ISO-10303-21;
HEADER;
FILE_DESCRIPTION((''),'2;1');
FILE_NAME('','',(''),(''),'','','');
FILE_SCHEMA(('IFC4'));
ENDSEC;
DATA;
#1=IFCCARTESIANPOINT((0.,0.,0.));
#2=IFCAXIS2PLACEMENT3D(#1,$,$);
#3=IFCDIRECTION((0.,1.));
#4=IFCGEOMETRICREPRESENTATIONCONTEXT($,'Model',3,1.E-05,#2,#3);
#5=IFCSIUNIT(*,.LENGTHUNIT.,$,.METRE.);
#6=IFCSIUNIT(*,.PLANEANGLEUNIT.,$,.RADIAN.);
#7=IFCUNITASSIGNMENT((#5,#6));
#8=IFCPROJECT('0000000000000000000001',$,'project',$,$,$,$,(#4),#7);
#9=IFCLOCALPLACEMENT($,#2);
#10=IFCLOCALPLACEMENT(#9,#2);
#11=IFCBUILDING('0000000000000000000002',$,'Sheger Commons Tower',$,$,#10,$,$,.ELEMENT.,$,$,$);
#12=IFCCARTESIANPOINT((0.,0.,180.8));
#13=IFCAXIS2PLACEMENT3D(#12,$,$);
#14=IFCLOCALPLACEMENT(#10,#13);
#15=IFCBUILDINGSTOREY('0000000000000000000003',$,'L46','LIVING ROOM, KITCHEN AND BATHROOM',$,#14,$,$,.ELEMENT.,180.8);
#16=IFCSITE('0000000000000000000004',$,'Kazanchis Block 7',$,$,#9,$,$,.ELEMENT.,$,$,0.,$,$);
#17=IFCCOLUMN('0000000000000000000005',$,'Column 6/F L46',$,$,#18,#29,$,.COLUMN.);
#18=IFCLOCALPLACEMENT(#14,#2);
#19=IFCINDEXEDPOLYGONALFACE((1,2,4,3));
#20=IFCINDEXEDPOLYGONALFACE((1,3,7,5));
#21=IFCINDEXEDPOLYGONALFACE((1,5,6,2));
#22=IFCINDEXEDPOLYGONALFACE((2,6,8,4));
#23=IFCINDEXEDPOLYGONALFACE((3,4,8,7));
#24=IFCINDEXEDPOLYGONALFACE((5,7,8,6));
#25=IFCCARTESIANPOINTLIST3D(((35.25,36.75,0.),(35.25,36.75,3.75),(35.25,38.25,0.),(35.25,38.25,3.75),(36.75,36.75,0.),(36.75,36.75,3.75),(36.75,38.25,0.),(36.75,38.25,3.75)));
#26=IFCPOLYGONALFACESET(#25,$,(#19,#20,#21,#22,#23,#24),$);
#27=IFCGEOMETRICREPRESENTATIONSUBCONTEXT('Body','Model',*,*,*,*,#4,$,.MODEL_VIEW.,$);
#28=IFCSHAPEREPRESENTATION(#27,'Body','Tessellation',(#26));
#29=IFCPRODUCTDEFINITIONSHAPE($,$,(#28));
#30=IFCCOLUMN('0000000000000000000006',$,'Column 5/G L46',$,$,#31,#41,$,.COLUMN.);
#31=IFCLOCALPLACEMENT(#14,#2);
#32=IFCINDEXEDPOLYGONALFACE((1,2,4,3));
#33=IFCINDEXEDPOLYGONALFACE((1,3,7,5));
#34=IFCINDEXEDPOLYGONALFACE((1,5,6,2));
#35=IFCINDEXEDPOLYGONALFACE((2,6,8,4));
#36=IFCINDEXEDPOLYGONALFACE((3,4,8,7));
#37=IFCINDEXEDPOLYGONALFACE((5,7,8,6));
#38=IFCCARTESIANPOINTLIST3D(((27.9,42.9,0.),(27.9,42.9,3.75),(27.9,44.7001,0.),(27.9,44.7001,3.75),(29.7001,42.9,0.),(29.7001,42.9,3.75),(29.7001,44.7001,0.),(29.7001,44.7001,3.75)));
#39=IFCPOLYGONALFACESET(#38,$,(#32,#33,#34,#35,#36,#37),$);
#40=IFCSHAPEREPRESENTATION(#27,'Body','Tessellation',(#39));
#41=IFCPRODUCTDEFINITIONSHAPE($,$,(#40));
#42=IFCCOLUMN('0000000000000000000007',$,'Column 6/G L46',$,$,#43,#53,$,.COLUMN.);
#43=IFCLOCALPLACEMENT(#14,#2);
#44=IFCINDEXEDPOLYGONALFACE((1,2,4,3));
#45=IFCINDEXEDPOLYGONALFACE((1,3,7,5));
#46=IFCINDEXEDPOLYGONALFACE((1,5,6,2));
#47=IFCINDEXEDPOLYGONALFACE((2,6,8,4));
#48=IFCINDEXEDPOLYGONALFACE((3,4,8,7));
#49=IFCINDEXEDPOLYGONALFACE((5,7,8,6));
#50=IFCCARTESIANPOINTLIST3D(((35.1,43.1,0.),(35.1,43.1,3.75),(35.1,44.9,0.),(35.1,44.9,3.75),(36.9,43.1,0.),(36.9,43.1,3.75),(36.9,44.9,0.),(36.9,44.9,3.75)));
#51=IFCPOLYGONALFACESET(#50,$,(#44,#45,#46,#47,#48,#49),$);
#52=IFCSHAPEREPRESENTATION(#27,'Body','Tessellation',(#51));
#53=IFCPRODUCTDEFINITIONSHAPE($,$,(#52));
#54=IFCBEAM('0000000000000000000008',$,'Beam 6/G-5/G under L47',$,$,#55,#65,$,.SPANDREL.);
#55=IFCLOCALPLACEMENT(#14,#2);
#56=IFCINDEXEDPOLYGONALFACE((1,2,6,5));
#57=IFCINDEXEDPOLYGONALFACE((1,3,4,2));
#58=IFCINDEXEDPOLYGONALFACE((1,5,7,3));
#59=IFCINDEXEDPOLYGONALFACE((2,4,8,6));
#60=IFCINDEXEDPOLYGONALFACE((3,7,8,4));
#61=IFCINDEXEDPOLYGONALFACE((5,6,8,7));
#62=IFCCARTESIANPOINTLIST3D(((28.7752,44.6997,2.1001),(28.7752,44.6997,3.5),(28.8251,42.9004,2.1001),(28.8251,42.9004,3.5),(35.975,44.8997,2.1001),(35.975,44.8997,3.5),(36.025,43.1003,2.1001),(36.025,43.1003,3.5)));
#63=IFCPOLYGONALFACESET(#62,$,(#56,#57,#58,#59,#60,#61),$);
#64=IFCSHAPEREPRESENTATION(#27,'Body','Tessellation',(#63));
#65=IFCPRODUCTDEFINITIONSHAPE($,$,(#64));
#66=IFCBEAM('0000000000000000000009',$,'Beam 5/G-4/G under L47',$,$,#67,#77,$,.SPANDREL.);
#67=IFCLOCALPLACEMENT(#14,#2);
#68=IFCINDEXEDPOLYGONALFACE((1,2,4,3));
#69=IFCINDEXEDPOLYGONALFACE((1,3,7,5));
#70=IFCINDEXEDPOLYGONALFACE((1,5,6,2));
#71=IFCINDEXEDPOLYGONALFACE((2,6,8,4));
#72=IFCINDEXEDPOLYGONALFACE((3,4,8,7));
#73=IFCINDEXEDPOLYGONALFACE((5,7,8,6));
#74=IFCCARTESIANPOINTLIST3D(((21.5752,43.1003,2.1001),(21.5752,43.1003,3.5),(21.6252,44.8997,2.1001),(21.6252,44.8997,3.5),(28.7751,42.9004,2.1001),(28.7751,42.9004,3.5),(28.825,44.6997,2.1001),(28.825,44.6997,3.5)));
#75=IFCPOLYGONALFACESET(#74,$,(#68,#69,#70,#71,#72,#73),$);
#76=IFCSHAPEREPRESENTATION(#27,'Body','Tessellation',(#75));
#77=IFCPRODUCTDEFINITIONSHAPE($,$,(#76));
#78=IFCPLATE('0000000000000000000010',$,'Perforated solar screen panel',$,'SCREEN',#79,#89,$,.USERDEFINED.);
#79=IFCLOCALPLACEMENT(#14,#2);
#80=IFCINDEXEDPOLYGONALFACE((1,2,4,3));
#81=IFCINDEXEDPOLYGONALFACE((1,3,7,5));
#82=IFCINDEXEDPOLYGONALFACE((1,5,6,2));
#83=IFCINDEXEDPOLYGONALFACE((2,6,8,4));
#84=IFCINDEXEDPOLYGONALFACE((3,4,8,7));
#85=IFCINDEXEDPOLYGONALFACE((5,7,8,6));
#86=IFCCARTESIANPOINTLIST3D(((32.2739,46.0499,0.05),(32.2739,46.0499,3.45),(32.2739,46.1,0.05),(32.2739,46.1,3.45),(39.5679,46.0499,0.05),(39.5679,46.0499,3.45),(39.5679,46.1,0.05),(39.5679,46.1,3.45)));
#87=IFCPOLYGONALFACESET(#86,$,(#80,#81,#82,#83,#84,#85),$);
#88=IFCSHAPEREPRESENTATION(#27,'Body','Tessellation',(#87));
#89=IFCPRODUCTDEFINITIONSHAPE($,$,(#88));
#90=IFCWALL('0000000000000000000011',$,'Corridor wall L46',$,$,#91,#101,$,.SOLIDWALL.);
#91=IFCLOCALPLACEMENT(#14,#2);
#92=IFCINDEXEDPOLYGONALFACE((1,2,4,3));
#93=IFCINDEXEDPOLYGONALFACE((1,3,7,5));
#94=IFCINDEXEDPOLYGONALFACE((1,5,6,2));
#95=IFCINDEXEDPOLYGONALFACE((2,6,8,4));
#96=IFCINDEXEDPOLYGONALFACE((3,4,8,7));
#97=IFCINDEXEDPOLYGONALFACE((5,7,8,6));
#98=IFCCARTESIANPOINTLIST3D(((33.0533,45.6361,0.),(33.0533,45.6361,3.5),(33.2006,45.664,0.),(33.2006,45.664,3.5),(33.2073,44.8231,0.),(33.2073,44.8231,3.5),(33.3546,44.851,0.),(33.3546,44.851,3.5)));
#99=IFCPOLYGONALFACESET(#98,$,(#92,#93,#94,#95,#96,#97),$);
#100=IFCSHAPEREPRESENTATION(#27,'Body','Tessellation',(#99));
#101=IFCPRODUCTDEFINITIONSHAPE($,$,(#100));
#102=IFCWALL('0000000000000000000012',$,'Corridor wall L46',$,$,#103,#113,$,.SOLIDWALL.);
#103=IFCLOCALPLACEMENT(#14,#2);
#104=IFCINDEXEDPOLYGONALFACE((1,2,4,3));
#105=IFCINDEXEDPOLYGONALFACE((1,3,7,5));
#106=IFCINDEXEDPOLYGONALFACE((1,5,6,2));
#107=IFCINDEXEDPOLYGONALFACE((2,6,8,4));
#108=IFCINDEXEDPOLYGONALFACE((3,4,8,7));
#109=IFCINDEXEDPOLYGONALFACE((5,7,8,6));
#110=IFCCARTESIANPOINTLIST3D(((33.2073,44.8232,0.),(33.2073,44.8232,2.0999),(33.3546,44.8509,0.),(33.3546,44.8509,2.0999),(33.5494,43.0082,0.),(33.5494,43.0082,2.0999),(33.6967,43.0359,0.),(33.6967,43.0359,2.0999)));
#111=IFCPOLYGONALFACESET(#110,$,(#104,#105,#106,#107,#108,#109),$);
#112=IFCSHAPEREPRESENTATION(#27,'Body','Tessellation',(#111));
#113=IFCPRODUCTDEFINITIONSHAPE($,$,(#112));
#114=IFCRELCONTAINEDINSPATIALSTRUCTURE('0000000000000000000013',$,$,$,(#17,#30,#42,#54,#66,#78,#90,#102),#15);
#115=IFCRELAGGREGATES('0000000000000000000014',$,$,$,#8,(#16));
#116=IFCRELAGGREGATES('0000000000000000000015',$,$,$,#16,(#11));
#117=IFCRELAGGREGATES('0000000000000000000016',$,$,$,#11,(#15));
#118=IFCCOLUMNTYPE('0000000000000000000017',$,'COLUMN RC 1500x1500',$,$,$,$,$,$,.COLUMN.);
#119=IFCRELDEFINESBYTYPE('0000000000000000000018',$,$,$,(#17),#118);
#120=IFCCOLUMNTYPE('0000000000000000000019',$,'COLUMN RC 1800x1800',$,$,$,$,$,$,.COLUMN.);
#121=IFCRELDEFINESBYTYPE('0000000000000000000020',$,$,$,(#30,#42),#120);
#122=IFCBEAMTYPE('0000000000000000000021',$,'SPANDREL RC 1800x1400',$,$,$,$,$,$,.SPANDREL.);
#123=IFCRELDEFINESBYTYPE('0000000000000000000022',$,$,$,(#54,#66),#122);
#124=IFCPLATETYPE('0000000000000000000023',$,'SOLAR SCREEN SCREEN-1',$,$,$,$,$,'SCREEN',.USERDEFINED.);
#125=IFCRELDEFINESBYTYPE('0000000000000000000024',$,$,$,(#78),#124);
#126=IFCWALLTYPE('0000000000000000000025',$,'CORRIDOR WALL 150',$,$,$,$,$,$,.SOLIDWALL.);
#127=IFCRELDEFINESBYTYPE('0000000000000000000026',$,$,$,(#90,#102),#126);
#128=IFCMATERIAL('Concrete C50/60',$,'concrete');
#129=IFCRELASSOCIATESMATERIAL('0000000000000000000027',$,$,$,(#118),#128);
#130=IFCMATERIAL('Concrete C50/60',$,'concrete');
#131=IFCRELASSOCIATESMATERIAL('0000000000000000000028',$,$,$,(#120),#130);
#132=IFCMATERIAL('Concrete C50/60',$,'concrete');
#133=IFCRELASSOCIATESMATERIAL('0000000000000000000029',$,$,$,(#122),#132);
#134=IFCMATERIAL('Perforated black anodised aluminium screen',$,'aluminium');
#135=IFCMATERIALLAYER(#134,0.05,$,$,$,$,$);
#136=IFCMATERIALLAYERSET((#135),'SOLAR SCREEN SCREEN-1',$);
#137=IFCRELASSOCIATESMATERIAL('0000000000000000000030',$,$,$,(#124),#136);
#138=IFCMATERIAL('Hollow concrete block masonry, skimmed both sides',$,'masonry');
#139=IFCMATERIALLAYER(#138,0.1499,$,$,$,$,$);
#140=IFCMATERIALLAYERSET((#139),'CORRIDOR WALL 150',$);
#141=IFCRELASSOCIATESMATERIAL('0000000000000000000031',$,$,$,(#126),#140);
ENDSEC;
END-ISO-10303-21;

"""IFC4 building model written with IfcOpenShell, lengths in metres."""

from ifc_helpers import new_model, si_unit, direction, frame, frame_2d, origin, origin_2d, place, context, subcontext, project, spatial, rectangle, extrude, material, layer, layer_set, material_profile, profile_set, type_object, element, save


model = new_model("IFC4")

# Units and contexts
model_context = context("Model", 3, precision=1e-05, world=origin(), true_north=direction((0.0, 1.0)))
body_context = subcontext(model_context, "Body", "Model", "MODEL_VIEW")
ifc_project = project(units=[si_unit("LENGTHUNIT", "METRE"), si_unit("PLANEANGLEUNIT", "RADIAN")], contexts=[model_context])

# Site, building, storey
site_placement = place(None, origin())
site = spatial("IfcSite", under=ifc_project, at=site_placement, Name="Kazanchis Block 7", CompositionType="ELEMENT", RefElevation=0.0)
building_placement = place(site_placement, origin())
building = spatial("IfcBuilding", under=site, at=building_placement, Name="Sheger Commons Tower", CompositionType="ELEMENT")
storey_placement = place(building_placement, frame((0.0, 0.0, 180.8)))
storey = spatial("IfcBuildingStorey", under=building, at=storey_placement, Name="L46", Description="LIVING ROOM, KITCHEN AND BATHROOM", CompositionType="ELEMENT", Elevation=180.8)

# Columns
ifc_material_1 = material(Name="Concrete C50/60", Category="concrete")
ifc_material_profile_1 = material_profile(ifc_material_1, rectangle(XDim=1.5, YDim=1.5, at=origin_2d()), Name="RC 1500x1500")
ifc_profile_set_1 = profile_set([ifc_material_profile_1], Name="Concrete C50/60")
column_type_1 = type_object("IfcColumnType", Name="COLUMN RC 1500x1500", PredefinedType="COLUMN", material=ifc_profile_set_1)
column_placement = place(storey_placement, frame((36.0, 37.5, 0.0), z_axis=(0.0, 0.0, 1.0), x_axis=(1.0, 0.0, 0.0)))
element("IfcColumn", 1, at=column_placement, inside=storey, type_object=column_type_1, Name="Column 6/F L46", PredefinedType="COLUMN", context=body_context, shape_type="SweptSolid", body=[
    extrude(rectangle(XDim=1.5, YDim=1.5, at=origin_2d()), origin(), (0.0, 0.0, 1.0), 3.75),
])
ifc_material_2 = material(Name="Concrete C50/60", Category="concrete")
ifc_material_profile_2 = material_profile(ifc_material_2, rectangle(XDim=1.8, YDim=1.8, at=origin_2d()), Name="RC 1800x1800")
ifc_profile_set_2 = profile_set([ifc_material_profile_2], Name="Concrete C50/60")
column_type_2 = type_object("IfcColumnType", Name="COLUMN RC 1800x1800", PredefinedType="COLUMN", material=ifc_profile_set_2)
for number, where, z_axis, x_axis, name in (
    (2, (28.8, 43.8, 0.0), (0.0, 0.0, 1.0), (1.0, 0.0, 0.0), "Column 5/G L46"),
    (3, (36.0, 44.0, 0.0), (0.0, 0.0, 1.0), (1.0, 0.0, 0.0), "Column 6/G L46"),
):
    element("IfcColumn", number, at=place(storey_placement, frame(where, z_axis=z_axis, x_axis=x_axis)), inside=storey, type_object=column_type_2, Name=name, PredefinedType="COLUMN", context=body_context, shape_type="SweptSolid", body=[
        extrude(rectangle(XDim=1.8, YDim=1.8, at=origin_2d()), origin(), (0.0, 0.0, 1.0), 3.75),
    ])

# Beams
ifc_material_3 = material(Name="Concrete C50/60", Category="concrete")
ifc_material_profile_3 = material_profile(ifc_material_3, rectangle(XDim=1.8, YDim=1.3999, at=origin_2d()), Name="RC 1800x1400")
ifc_profile_set_3 = profile_set([ifc_material_profile_3], Name="Concrete C50/60")
beam_type = type_object("IfcBeamType", Name="SPANDREL RC 1800x1400", PredefinedType="SPANDREL", material=ifc_profile_set_3)
for number, where, z_axis, x_axis, name in (
    (4, (36.0, 44.0, 2.8), (-0.999615, -0.02776, 0.0), (0.02776, -0.999615, 0.0), "Beam 6/G-5/G under L47"),
    (5, (28.8, 43.8, 2.8), (-0.999615, 0.02776, 0.0), (-0.02776, -0.999615, 0.0), "Beam 5/G-4/G under L47"),
):
    element("IfcBeam", number, at=place(storey_placement, frame(where, z_axis=z_axis, x_axis=x_axis)), inside=storey, type_object=beam_type, Name=name, PredefinedType="SPANDREL", context=body_context, shape_type="SweptSolid", body=[
        extrude(rectangle(XDim=1.8, YDim=1.3999, at=origin_2d()), origin(), (0.0, 0.0, 1.0), 7.2026),
    ])

# Plate
ifc_material_4 = material(Name="Perforated black anodised aluminium screen", Category="aluminium")
ifc_layer_1 = layer(ifc_material_4, 0.05)
ifc_layer_set_1 = layer_set([ifc_layer_1], Name="SOLAR SCREEN SCREEN-1")
plate_type = type_object("IfcPlateType", Name="SOLAR SCREEN SCREEN-1", ElementType="SCREEN", PredefinedType="USERDEFINED", material=ifc_layer_set_1)
plate_placement = place(storey_placement, frame((35.9209, 46.075, 0.05), z_axis=(0.0, 0.0, 1.0), x_axis=(-1.0, 0.0, 0.0)))
element("IfcPlate", 6, at=plate_placement, inside=storey, type_object=plate_type, Name="Perforated solar screen panel", ObjectType="SCREEN", PredefinedType="USERDEFINED", context=body_context, shape_type="SweptSolid", body=[
    extrude(rectangle(XDim=7.2939, YDim=0.05, at=origin_2d()), origin(), (0.0, 0.0, 1.0), 3.3999),
])

# Walls
ifc_material_5 = material(Name="Hollow concrete block masonry, skimmed both sides", Category="masonry")
ifc_layer_2 = layer(ifc_material_5, 0.1499)
ifc_layer_set_2 = layer_set([ifc_layer_2], Name="CORRIDOR WALL 150")
wall_type_1 = type_object("IfcWallType", Name="CORRIDOR WALL 150", PredefinedType="SOLIDWALL", material=ifc_layer_set_2)
wall_1_placement = place(storey_placement, frame((33.127, 45.6499, 0.0), z_axis=(0.0, 0.0, 1.0), x_axis=(0.186177, -0.982516, 0.0)))
element("IfcWall", 7, at=wall_1_placement, inside=storey, type_object=wall_type_1, Name="Corridor wall L46", PredefinedType="SOLIDWALL", context=body_context, shape_type="SweptSolid", body=[
    extrude(rectangle(XDim=0.8274, YDim=0.1499, at=frame_2d((0.4136, 0.0))), origin(), (0.0, 0.0, 1.0), 3.5),
])
wall_2_placement = place(storey_placement, frame((33.281, 44.8369, 0.0), z_axis=(0.0, 0.0, 1.0), x_axis=(0.185198, -0.982701, 0.0)))
element("IfcWall", 8, at=wall_2_placement, inside=storey, type_object=wall_type_1, Name="Corridor wall L46", PredefinedType="SOLIDWALL", context=body_context, shape_type="SweptSolid", body=[
    extrude(rectangle(XDim=1.8469, YDim=0.1499, at=frame_2d((0.9233, 0.0))), origin(), (0.0, 0.0, 1.0), 2.0999),
])

save(model, "model.ifc")
